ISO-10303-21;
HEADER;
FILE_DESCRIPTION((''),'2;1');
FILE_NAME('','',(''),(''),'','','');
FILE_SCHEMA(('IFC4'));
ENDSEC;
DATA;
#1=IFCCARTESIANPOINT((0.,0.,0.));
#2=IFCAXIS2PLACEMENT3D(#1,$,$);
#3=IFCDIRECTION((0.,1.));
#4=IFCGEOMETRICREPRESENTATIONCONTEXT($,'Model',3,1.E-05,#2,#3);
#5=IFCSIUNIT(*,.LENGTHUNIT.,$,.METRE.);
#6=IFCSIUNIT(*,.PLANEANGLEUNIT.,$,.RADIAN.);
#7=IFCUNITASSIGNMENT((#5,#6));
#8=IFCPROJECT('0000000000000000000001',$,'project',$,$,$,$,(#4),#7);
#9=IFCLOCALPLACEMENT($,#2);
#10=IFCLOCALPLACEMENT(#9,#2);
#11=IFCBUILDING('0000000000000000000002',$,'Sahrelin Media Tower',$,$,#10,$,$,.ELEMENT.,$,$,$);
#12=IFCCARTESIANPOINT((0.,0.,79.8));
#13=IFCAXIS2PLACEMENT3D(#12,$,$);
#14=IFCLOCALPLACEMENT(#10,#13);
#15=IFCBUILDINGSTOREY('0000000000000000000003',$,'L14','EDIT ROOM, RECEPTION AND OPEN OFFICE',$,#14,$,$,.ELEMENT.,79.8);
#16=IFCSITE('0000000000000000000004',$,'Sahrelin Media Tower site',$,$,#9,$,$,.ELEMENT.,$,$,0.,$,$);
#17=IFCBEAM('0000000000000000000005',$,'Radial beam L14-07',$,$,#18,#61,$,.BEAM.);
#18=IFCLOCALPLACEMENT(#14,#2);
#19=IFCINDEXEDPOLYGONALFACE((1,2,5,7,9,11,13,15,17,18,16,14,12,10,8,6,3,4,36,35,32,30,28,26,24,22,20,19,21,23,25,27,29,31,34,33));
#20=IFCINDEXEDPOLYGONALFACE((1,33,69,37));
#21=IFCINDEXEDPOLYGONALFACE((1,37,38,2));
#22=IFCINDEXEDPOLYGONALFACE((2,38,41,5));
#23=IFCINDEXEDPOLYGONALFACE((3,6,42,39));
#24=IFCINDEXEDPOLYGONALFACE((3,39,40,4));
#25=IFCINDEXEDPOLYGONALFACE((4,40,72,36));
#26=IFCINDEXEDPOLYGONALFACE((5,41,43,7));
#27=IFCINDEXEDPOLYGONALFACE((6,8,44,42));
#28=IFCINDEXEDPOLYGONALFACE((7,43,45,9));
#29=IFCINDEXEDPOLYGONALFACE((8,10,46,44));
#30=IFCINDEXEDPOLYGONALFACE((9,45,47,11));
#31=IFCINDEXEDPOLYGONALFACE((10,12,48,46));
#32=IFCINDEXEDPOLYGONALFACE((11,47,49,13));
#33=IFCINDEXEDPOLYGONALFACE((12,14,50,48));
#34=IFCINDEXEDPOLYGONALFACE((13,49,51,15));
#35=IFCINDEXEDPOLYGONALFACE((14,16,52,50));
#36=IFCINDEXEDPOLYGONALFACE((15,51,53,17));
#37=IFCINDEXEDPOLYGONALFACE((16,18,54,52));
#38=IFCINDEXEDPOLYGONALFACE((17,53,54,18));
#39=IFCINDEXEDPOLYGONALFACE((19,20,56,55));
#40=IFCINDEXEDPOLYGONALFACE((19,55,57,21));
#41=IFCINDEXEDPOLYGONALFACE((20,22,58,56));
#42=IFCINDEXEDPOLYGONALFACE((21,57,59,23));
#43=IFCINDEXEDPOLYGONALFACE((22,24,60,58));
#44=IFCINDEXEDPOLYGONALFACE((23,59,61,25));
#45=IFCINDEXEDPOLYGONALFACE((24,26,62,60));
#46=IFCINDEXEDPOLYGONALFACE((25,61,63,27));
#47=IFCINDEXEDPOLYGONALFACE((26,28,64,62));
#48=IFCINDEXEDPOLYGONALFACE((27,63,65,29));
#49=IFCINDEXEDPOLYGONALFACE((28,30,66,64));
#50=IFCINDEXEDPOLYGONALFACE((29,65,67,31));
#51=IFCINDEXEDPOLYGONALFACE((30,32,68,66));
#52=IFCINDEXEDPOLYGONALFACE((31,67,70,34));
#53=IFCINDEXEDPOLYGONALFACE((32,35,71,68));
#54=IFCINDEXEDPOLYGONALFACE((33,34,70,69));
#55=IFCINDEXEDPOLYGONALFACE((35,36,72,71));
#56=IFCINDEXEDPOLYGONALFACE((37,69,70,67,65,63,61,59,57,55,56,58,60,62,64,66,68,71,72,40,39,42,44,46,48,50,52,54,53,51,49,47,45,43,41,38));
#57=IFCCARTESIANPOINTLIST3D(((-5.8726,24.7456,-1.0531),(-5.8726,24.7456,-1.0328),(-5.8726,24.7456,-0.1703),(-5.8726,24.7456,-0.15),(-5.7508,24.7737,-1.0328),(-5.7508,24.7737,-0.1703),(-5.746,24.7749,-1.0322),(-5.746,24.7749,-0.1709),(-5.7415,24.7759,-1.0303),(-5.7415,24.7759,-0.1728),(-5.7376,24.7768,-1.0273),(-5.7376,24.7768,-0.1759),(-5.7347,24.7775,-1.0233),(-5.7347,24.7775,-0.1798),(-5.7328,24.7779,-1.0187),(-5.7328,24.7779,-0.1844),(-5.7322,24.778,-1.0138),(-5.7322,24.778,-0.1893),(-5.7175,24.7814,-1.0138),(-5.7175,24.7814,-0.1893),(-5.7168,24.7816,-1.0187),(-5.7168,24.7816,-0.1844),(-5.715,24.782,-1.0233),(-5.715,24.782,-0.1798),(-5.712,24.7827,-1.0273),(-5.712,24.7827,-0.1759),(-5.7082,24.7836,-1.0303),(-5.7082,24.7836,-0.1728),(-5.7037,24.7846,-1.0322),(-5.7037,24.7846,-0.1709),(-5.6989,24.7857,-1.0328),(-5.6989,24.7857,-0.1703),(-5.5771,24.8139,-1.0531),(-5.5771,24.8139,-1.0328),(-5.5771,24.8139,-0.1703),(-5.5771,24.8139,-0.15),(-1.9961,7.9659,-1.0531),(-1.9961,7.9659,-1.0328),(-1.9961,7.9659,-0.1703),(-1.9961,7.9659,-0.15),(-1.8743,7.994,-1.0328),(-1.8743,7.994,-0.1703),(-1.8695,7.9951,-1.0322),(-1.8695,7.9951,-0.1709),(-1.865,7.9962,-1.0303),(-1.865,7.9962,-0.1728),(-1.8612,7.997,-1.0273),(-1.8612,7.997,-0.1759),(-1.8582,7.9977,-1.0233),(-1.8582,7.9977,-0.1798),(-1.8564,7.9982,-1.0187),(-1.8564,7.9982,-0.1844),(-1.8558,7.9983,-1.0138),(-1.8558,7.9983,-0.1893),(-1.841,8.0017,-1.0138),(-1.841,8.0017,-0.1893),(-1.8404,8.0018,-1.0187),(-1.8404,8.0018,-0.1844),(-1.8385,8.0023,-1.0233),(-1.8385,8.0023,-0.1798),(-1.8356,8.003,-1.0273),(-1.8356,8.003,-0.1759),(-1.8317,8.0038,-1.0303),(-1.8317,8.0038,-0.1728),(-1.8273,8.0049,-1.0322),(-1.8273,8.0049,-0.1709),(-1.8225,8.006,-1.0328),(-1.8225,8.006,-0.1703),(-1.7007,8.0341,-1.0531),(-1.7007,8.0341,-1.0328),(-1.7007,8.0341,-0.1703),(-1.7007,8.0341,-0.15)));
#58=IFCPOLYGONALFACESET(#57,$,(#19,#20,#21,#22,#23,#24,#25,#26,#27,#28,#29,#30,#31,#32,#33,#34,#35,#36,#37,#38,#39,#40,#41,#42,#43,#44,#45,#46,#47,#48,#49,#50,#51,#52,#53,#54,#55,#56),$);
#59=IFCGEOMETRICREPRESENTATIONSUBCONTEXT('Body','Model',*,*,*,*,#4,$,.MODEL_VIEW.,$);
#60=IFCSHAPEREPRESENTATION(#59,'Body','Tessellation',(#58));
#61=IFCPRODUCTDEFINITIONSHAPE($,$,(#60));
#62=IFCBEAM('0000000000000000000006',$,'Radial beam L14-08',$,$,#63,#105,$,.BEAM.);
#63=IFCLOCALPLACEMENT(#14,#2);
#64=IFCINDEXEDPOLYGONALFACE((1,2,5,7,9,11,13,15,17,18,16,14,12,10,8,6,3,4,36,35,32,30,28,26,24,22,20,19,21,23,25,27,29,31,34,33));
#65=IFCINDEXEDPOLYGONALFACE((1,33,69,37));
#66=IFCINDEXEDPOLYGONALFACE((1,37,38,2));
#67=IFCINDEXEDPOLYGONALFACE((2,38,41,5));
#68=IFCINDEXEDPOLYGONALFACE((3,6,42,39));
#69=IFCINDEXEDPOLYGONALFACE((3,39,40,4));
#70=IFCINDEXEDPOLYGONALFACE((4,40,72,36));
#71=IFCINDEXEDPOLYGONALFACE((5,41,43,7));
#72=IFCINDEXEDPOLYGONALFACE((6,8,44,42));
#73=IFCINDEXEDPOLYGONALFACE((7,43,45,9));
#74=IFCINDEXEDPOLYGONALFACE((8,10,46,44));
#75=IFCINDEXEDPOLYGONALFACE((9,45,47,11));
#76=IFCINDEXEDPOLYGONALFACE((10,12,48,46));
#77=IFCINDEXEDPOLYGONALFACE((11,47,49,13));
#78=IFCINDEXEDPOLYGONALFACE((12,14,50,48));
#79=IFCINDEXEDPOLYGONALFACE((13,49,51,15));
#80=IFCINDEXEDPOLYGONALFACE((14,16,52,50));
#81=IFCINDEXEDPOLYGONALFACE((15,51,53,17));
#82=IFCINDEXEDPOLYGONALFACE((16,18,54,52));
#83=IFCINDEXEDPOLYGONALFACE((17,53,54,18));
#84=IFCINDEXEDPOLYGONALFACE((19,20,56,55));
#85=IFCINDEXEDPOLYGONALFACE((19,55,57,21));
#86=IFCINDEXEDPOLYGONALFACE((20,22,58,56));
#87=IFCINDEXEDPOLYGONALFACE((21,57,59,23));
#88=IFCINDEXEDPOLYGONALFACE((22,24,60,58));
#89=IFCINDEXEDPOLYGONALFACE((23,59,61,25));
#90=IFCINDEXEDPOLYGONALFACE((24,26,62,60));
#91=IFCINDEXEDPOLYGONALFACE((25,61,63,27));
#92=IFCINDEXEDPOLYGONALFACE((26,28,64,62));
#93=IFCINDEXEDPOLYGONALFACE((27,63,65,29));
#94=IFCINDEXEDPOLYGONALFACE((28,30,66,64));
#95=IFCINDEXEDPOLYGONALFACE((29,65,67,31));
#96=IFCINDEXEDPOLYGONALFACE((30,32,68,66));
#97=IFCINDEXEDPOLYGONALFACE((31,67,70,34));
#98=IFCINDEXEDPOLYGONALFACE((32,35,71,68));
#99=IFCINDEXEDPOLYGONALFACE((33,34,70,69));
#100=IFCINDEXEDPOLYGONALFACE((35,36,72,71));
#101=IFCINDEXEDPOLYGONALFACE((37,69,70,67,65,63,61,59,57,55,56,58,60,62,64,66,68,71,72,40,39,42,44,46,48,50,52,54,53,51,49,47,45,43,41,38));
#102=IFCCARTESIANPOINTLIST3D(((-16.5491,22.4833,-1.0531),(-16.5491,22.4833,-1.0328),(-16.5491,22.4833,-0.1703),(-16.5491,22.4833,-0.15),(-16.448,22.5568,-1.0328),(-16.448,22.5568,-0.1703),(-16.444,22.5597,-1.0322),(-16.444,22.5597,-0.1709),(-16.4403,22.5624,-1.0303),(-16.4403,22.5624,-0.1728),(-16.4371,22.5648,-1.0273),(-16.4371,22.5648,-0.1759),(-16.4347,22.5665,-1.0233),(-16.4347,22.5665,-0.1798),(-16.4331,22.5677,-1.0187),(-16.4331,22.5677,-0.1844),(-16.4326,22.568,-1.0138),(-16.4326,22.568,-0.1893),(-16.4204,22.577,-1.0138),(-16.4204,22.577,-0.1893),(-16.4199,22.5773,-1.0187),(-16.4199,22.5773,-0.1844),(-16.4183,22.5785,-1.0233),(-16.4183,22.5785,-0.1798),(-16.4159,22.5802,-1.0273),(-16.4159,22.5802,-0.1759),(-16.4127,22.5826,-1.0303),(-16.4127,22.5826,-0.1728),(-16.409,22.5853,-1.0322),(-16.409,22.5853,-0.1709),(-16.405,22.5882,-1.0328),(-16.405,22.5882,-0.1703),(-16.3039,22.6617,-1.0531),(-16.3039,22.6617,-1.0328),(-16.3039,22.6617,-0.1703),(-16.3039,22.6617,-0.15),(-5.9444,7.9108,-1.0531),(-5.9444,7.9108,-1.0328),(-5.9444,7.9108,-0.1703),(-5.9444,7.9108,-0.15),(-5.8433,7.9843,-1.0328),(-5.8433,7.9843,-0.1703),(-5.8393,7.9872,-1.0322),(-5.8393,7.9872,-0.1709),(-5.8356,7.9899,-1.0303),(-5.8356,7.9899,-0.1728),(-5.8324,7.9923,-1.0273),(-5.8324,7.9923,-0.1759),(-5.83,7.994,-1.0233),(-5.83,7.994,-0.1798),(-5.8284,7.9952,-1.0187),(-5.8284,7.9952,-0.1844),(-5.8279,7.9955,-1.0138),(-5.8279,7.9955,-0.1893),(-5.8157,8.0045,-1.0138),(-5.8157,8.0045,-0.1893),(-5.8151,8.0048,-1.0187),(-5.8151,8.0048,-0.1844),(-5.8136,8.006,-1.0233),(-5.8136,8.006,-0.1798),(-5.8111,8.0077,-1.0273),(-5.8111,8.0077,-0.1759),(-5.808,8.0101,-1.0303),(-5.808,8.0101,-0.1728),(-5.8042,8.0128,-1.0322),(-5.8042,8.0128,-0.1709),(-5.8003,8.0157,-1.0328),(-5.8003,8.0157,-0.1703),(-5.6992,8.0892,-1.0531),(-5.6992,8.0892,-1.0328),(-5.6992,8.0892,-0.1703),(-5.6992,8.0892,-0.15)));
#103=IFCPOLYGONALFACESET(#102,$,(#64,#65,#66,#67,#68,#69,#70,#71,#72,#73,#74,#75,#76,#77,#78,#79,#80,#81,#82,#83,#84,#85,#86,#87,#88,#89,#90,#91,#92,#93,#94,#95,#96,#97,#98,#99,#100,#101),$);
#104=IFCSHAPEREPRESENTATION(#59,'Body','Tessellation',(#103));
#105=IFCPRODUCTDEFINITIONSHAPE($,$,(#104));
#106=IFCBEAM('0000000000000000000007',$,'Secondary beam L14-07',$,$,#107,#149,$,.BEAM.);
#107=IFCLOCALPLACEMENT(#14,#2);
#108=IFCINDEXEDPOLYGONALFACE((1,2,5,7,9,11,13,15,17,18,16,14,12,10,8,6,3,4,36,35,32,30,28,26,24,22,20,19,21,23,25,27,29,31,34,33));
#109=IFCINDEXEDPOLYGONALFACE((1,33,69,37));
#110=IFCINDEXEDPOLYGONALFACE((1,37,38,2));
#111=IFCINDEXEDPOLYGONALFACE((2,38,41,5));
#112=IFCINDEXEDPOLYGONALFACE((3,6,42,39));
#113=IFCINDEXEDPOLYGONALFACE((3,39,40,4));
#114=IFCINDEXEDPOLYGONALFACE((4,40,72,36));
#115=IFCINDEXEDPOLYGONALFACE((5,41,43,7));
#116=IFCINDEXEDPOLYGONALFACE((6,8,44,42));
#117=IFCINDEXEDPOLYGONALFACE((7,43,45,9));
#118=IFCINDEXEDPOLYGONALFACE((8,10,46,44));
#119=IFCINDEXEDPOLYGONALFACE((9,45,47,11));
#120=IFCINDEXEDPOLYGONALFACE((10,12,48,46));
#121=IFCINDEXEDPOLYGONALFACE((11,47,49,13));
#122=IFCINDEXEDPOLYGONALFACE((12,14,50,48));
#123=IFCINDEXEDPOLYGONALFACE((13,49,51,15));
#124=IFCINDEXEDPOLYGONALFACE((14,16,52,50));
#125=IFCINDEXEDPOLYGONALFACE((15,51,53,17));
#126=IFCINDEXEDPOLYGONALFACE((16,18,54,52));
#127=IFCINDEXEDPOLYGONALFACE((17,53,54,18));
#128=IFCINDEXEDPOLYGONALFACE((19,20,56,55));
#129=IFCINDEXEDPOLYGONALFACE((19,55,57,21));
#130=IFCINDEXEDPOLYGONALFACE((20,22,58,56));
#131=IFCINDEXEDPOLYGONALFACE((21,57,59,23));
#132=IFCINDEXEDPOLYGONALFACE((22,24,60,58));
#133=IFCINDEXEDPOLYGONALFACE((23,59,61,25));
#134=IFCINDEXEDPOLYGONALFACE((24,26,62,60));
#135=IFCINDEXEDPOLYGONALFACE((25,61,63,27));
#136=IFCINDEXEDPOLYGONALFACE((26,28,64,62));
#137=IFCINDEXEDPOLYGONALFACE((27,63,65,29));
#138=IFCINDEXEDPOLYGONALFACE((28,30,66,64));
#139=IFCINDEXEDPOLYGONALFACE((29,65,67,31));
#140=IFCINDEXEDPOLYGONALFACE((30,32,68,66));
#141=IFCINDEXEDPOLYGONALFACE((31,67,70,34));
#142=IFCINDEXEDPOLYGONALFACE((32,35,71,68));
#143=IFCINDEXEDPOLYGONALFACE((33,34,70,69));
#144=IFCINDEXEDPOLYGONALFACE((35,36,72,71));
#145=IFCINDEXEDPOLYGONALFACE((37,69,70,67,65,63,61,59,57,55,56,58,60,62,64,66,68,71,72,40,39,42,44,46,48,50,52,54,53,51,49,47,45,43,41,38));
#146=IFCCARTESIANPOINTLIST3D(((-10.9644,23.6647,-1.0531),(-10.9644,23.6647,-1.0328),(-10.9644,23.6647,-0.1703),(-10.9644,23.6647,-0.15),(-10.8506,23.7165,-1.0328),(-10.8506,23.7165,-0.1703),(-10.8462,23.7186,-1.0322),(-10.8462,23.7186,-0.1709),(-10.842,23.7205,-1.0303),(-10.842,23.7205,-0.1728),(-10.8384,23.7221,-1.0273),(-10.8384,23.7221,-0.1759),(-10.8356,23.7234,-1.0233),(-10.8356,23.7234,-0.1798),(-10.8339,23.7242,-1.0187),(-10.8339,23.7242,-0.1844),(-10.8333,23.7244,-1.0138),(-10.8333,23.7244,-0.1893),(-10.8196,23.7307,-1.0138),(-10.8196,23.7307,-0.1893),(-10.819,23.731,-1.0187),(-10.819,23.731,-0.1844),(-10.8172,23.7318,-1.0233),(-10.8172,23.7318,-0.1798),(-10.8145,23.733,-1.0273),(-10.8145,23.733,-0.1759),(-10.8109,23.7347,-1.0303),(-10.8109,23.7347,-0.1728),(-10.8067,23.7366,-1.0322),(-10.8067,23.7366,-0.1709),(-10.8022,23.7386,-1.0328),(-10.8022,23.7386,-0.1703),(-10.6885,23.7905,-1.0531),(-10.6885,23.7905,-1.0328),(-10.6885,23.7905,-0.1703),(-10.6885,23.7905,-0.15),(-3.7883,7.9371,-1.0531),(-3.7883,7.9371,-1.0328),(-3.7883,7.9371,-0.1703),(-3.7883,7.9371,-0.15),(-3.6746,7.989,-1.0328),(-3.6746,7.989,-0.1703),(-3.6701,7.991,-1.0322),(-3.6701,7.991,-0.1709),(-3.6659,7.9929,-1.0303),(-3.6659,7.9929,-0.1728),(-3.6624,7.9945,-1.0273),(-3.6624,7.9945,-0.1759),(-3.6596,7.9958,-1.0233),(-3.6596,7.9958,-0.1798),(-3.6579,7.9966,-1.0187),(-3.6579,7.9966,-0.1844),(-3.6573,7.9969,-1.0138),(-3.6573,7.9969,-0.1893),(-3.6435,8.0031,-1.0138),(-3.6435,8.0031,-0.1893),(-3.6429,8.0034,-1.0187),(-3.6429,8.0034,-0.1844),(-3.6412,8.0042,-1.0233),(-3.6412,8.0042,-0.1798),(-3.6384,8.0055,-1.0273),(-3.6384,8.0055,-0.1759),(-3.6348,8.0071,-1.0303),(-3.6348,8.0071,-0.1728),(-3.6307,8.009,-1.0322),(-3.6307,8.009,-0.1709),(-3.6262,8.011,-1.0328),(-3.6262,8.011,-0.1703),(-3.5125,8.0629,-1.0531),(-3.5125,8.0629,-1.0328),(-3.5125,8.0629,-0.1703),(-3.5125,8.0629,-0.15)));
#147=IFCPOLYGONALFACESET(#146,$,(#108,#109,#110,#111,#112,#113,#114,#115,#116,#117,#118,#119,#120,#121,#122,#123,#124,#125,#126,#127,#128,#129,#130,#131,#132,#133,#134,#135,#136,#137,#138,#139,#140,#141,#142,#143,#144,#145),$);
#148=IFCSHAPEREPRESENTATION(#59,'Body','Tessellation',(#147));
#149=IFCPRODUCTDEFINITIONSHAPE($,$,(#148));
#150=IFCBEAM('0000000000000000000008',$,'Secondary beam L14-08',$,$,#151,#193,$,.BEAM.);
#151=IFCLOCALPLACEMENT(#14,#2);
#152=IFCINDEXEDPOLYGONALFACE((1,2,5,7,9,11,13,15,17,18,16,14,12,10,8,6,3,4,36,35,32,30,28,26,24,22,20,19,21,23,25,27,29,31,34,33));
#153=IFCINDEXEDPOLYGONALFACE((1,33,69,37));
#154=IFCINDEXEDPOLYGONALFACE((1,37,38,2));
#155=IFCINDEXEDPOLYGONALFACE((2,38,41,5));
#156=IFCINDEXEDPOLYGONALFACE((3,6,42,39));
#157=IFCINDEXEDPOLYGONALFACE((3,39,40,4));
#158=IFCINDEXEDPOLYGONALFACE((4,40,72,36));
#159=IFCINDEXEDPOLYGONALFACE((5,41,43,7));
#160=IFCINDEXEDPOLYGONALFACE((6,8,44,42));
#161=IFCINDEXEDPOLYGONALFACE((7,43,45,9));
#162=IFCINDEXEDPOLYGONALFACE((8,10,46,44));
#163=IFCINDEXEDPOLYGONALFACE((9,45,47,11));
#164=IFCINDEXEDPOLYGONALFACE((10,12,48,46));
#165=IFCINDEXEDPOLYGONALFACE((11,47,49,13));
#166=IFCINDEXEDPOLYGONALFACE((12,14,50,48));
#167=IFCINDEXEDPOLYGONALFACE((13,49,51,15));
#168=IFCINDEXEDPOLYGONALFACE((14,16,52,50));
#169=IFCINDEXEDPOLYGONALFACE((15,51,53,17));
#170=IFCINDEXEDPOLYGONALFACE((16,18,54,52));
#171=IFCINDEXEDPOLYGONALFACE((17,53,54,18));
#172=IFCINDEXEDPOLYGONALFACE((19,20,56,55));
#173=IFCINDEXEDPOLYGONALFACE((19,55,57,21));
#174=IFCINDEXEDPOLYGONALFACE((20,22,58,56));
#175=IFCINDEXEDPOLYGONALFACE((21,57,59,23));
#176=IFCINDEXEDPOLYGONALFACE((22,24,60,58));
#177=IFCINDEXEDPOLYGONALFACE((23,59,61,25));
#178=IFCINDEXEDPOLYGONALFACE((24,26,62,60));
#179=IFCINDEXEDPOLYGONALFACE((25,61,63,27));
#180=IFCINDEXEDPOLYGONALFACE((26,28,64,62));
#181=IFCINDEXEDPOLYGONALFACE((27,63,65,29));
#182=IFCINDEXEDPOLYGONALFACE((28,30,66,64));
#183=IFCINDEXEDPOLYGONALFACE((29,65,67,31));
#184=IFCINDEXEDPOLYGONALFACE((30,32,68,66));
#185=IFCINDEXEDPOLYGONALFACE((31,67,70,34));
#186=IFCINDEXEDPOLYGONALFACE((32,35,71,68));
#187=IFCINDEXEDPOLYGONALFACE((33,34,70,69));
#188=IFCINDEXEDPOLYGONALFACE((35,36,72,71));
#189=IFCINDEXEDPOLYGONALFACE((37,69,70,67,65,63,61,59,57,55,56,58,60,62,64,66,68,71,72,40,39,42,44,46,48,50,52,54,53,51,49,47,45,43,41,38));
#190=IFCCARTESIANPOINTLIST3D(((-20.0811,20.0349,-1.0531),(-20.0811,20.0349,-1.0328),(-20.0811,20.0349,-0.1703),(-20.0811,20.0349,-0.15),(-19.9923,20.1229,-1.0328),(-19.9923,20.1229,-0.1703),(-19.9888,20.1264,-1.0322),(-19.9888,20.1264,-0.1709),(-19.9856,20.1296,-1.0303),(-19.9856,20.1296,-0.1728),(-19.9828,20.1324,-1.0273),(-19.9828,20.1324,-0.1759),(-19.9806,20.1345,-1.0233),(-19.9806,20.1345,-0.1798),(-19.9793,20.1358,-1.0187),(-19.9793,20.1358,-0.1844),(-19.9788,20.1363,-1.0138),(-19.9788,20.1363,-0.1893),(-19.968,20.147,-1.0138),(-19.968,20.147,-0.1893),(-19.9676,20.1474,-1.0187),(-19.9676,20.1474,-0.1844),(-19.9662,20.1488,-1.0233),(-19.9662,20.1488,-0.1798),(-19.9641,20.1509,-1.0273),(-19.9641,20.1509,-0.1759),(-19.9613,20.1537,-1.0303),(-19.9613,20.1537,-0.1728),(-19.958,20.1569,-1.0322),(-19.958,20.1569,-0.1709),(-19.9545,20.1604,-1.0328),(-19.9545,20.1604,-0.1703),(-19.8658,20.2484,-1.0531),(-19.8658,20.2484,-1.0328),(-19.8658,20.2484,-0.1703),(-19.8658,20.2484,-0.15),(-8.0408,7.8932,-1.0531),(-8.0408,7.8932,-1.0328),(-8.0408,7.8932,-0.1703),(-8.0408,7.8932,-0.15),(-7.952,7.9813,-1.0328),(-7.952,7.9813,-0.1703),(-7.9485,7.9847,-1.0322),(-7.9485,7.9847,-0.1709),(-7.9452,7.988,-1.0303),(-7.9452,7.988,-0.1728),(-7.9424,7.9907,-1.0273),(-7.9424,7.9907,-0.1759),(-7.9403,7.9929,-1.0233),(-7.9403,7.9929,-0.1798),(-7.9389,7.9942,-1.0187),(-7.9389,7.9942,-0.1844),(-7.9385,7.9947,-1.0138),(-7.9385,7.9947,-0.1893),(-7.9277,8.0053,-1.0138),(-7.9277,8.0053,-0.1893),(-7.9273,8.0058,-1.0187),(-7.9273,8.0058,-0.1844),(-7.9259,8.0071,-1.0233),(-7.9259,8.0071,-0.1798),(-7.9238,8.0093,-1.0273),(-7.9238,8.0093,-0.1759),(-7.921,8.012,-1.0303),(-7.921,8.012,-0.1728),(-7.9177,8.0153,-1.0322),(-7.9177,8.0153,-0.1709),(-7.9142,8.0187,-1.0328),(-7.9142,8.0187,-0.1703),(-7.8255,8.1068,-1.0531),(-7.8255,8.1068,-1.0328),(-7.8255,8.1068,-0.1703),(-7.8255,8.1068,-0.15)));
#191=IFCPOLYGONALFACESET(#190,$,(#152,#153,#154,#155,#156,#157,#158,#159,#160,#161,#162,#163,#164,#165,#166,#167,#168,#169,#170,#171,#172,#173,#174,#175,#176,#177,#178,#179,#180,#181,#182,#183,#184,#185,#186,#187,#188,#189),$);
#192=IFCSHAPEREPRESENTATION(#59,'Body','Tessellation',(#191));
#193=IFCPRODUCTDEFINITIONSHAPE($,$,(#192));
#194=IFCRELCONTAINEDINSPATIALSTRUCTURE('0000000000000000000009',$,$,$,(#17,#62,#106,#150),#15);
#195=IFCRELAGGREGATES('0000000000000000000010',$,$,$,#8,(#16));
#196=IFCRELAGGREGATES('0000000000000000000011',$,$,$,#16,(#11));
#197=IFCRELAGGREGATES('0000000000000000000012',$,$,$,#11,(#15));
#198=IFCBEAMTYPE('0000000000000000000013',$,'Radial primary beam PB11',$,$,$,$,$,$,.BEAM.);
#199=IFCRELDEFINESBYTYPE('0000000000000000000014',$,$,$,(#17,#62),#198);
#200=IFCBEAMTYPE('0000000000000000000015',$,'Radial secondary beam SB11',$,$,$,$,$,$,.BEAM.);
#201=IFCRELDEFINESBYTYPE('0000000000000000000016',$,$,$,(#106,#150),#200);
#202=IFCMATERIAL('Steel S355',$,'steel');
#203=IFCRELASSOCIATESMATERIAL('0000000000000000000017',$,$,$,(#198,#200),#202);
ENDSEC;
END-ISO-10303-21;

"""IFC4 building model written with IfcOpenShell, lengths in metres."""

from ifc_helpers import new_model, si_unit, direction, frame, origin, origin_2d, place, context, subcontext, project, spatial, i_section, extrude, material, material_profile, profile_set, type_object, element, save


model = new_model("IFC4")

# Units and contexts
model_context = context("Model", 3, precision=1e-05, world=origin(), true_north=direction((0.0, 1.0)))
body_context = subcontext(model_context, "Body", "Model", "MODEL_VIEW")
ifc_project = project(units=[si_unit("LENGTHUNIT", "METRE"), si_unit("PLANEANGLEUNIT", "RADIAN")], contexts=[model_context])

# Site, building, storey
site_placement = place(None, origin())
site = spatial("IfcSite", under=ifc_project, at=site_placement, Name="Sahrelin Media Tower site", CompositionType="ELEMENT", RefElevation=0.0)
building_placement = place(site_placement, origin())
building = spatial("IfcBuilding", under=site, at=building_placement, Name="Sahrelin Media Tower", CompositionType="ELEMENT")
storey_placement = place(building_placement, frame((0.0, 0.0, 79.8)))
storey = spatial("IfcBuildingStorey", under=building, at=storey_placement, Name="L14", Description="EDIT ROOM, RECEPTION AND OPEN OFFICE", CompositionType="ELEMENT", Elevation=79.8)

# Shared definitions
ifc_material_1 = material(Name="Steel S355", Category="steel")

# Beams
ifc_material_profile_1 = material_profile(ifc_material_1, i_section(OverallWidth=0.3032, OverallDepth=0.9031, WebThickness=0.0151, FlangeThickness=0.0203, FilletRadius=0.019, at=origin_2d()), Name="UB 914x305x201")
ifc_profile_set_1 = profile_set([ifc_material_profile_1], Name="Steel S355")
beam_type_1 = type_object("IfcBeamType", Name="Radial primary beam PB11", PredefinedType="BEAM", material=ifc_profile_set_1)
beam_1_placement = place(storey_placement, frame((-1.8484, 8.0, -0.6016), z_axis=(-0.225091, 0.974338, 0.0), x_axis=(-0.974338, -0.225091, 0.0)))
element("IfcBeam", 1, at=beam_1_placement, inside=storey, type_object=beam_type_1, Name="Radial beam L14-07", PredefinedType="BEAM", context=body_context, shape_type="SweptSolid", body=[
    extrude(i_section(OverallWidth=0.3032, OverallDepth=0.9031, WebThickness=0.0151, FlangeThickness=0.0203, FilletRadius=0.019, at=origin_2d()), origin(), (0.0, 0.0, 1.0), 17.2217),
])
beam_2_placement = place(storey_placement, frame((-5.8218, 8.0, -0.6016), z_axis=(-0.588409, 0.808563, 0.0), x_axis=(-0.808563, -0.588409, 0.0)))
element("IfcBeam", 2, at=beam_2_placement, inside=storey, type_object=beam_type_1, Name="Radial beam L14-08", PredefinedType="BEAM", context=body_context, shape_type="SweptSolid", body=[
    extrude(i_section(OverallWidth=0.3032, OverallDepth=0.9031, WebThickness=0.0151, FlangeThickness=0.0203, FilletRadius=0.019, at=origin_2d()), origin(), (0.0, 0.0, 1.0), 18.0227),
])
ifc_material_profile_2 = material_profile(ifc_material_1, i_section(OverallWidth=0.3032, OverallDepth=0.9031, WebThickness=0.0151, FlangeThickness=0.0203, FilletRadius=0.019, at=origin_2d()), Name="UB 914x305x201")
ifc_profile_set_2 = profile_set([ifc_material_profile_2], Name="Steel S355")
beam_type_2 = type_object("IfcBeamType", Name="Radial secondary beam SB11", PredefinedType="BEAM", material=ifc_profile_set_2)
beam_3_placement = place(storey_placement, frame((-3.6504, 8.0, -0.6016), z_axis=(-0.415104, 0.909774, 0.0), x_axis=(-0.909774, -0.415104, 0.0)))
element("IfcBeam", 3, at=beam_3_placement, inside=storey, type_object=beam_type_2, Name="Secondary beam L14-07", PredefinedType="BEAM", context=body_context, shape_type="SweptSolid", body=[
    extrude(i_section(OverallWidth=0.3032, OverallDepth=0.9031, WebThickness=0.0151, FlangeThickness=0.0203, FilletRadius=0.019, at=origin_2d()), origin(), (0.0, 0.0, 1.0), 17.2874),
])
beam_4_placement = place(storey_placement, frame((-7.9331, 8.0, -0.6016), z_axis=(-0.704138, 0.710063, 0.0), x_axis=(-0.710063, -0.704138, 0.0)))
element("IfcBeam", 4, at=beam_4_placement, inside=storey, type_object=beam_type_2, Name="Secondary beam L14-08", PredefinedType="BEAM", context=body_context, shape_type="SweptSolid", body=[
    extrude(i_section(OverallWidth=0.3032, OverallDepth=0.9031, WebThickness=0.0151, FlangeThickness=0.0203, FilletRadius=0.019, at=origin_2d()), origin(), (0.0, 0.0, 1.0), 17.0994),
])

save(model, "model.ifc")
